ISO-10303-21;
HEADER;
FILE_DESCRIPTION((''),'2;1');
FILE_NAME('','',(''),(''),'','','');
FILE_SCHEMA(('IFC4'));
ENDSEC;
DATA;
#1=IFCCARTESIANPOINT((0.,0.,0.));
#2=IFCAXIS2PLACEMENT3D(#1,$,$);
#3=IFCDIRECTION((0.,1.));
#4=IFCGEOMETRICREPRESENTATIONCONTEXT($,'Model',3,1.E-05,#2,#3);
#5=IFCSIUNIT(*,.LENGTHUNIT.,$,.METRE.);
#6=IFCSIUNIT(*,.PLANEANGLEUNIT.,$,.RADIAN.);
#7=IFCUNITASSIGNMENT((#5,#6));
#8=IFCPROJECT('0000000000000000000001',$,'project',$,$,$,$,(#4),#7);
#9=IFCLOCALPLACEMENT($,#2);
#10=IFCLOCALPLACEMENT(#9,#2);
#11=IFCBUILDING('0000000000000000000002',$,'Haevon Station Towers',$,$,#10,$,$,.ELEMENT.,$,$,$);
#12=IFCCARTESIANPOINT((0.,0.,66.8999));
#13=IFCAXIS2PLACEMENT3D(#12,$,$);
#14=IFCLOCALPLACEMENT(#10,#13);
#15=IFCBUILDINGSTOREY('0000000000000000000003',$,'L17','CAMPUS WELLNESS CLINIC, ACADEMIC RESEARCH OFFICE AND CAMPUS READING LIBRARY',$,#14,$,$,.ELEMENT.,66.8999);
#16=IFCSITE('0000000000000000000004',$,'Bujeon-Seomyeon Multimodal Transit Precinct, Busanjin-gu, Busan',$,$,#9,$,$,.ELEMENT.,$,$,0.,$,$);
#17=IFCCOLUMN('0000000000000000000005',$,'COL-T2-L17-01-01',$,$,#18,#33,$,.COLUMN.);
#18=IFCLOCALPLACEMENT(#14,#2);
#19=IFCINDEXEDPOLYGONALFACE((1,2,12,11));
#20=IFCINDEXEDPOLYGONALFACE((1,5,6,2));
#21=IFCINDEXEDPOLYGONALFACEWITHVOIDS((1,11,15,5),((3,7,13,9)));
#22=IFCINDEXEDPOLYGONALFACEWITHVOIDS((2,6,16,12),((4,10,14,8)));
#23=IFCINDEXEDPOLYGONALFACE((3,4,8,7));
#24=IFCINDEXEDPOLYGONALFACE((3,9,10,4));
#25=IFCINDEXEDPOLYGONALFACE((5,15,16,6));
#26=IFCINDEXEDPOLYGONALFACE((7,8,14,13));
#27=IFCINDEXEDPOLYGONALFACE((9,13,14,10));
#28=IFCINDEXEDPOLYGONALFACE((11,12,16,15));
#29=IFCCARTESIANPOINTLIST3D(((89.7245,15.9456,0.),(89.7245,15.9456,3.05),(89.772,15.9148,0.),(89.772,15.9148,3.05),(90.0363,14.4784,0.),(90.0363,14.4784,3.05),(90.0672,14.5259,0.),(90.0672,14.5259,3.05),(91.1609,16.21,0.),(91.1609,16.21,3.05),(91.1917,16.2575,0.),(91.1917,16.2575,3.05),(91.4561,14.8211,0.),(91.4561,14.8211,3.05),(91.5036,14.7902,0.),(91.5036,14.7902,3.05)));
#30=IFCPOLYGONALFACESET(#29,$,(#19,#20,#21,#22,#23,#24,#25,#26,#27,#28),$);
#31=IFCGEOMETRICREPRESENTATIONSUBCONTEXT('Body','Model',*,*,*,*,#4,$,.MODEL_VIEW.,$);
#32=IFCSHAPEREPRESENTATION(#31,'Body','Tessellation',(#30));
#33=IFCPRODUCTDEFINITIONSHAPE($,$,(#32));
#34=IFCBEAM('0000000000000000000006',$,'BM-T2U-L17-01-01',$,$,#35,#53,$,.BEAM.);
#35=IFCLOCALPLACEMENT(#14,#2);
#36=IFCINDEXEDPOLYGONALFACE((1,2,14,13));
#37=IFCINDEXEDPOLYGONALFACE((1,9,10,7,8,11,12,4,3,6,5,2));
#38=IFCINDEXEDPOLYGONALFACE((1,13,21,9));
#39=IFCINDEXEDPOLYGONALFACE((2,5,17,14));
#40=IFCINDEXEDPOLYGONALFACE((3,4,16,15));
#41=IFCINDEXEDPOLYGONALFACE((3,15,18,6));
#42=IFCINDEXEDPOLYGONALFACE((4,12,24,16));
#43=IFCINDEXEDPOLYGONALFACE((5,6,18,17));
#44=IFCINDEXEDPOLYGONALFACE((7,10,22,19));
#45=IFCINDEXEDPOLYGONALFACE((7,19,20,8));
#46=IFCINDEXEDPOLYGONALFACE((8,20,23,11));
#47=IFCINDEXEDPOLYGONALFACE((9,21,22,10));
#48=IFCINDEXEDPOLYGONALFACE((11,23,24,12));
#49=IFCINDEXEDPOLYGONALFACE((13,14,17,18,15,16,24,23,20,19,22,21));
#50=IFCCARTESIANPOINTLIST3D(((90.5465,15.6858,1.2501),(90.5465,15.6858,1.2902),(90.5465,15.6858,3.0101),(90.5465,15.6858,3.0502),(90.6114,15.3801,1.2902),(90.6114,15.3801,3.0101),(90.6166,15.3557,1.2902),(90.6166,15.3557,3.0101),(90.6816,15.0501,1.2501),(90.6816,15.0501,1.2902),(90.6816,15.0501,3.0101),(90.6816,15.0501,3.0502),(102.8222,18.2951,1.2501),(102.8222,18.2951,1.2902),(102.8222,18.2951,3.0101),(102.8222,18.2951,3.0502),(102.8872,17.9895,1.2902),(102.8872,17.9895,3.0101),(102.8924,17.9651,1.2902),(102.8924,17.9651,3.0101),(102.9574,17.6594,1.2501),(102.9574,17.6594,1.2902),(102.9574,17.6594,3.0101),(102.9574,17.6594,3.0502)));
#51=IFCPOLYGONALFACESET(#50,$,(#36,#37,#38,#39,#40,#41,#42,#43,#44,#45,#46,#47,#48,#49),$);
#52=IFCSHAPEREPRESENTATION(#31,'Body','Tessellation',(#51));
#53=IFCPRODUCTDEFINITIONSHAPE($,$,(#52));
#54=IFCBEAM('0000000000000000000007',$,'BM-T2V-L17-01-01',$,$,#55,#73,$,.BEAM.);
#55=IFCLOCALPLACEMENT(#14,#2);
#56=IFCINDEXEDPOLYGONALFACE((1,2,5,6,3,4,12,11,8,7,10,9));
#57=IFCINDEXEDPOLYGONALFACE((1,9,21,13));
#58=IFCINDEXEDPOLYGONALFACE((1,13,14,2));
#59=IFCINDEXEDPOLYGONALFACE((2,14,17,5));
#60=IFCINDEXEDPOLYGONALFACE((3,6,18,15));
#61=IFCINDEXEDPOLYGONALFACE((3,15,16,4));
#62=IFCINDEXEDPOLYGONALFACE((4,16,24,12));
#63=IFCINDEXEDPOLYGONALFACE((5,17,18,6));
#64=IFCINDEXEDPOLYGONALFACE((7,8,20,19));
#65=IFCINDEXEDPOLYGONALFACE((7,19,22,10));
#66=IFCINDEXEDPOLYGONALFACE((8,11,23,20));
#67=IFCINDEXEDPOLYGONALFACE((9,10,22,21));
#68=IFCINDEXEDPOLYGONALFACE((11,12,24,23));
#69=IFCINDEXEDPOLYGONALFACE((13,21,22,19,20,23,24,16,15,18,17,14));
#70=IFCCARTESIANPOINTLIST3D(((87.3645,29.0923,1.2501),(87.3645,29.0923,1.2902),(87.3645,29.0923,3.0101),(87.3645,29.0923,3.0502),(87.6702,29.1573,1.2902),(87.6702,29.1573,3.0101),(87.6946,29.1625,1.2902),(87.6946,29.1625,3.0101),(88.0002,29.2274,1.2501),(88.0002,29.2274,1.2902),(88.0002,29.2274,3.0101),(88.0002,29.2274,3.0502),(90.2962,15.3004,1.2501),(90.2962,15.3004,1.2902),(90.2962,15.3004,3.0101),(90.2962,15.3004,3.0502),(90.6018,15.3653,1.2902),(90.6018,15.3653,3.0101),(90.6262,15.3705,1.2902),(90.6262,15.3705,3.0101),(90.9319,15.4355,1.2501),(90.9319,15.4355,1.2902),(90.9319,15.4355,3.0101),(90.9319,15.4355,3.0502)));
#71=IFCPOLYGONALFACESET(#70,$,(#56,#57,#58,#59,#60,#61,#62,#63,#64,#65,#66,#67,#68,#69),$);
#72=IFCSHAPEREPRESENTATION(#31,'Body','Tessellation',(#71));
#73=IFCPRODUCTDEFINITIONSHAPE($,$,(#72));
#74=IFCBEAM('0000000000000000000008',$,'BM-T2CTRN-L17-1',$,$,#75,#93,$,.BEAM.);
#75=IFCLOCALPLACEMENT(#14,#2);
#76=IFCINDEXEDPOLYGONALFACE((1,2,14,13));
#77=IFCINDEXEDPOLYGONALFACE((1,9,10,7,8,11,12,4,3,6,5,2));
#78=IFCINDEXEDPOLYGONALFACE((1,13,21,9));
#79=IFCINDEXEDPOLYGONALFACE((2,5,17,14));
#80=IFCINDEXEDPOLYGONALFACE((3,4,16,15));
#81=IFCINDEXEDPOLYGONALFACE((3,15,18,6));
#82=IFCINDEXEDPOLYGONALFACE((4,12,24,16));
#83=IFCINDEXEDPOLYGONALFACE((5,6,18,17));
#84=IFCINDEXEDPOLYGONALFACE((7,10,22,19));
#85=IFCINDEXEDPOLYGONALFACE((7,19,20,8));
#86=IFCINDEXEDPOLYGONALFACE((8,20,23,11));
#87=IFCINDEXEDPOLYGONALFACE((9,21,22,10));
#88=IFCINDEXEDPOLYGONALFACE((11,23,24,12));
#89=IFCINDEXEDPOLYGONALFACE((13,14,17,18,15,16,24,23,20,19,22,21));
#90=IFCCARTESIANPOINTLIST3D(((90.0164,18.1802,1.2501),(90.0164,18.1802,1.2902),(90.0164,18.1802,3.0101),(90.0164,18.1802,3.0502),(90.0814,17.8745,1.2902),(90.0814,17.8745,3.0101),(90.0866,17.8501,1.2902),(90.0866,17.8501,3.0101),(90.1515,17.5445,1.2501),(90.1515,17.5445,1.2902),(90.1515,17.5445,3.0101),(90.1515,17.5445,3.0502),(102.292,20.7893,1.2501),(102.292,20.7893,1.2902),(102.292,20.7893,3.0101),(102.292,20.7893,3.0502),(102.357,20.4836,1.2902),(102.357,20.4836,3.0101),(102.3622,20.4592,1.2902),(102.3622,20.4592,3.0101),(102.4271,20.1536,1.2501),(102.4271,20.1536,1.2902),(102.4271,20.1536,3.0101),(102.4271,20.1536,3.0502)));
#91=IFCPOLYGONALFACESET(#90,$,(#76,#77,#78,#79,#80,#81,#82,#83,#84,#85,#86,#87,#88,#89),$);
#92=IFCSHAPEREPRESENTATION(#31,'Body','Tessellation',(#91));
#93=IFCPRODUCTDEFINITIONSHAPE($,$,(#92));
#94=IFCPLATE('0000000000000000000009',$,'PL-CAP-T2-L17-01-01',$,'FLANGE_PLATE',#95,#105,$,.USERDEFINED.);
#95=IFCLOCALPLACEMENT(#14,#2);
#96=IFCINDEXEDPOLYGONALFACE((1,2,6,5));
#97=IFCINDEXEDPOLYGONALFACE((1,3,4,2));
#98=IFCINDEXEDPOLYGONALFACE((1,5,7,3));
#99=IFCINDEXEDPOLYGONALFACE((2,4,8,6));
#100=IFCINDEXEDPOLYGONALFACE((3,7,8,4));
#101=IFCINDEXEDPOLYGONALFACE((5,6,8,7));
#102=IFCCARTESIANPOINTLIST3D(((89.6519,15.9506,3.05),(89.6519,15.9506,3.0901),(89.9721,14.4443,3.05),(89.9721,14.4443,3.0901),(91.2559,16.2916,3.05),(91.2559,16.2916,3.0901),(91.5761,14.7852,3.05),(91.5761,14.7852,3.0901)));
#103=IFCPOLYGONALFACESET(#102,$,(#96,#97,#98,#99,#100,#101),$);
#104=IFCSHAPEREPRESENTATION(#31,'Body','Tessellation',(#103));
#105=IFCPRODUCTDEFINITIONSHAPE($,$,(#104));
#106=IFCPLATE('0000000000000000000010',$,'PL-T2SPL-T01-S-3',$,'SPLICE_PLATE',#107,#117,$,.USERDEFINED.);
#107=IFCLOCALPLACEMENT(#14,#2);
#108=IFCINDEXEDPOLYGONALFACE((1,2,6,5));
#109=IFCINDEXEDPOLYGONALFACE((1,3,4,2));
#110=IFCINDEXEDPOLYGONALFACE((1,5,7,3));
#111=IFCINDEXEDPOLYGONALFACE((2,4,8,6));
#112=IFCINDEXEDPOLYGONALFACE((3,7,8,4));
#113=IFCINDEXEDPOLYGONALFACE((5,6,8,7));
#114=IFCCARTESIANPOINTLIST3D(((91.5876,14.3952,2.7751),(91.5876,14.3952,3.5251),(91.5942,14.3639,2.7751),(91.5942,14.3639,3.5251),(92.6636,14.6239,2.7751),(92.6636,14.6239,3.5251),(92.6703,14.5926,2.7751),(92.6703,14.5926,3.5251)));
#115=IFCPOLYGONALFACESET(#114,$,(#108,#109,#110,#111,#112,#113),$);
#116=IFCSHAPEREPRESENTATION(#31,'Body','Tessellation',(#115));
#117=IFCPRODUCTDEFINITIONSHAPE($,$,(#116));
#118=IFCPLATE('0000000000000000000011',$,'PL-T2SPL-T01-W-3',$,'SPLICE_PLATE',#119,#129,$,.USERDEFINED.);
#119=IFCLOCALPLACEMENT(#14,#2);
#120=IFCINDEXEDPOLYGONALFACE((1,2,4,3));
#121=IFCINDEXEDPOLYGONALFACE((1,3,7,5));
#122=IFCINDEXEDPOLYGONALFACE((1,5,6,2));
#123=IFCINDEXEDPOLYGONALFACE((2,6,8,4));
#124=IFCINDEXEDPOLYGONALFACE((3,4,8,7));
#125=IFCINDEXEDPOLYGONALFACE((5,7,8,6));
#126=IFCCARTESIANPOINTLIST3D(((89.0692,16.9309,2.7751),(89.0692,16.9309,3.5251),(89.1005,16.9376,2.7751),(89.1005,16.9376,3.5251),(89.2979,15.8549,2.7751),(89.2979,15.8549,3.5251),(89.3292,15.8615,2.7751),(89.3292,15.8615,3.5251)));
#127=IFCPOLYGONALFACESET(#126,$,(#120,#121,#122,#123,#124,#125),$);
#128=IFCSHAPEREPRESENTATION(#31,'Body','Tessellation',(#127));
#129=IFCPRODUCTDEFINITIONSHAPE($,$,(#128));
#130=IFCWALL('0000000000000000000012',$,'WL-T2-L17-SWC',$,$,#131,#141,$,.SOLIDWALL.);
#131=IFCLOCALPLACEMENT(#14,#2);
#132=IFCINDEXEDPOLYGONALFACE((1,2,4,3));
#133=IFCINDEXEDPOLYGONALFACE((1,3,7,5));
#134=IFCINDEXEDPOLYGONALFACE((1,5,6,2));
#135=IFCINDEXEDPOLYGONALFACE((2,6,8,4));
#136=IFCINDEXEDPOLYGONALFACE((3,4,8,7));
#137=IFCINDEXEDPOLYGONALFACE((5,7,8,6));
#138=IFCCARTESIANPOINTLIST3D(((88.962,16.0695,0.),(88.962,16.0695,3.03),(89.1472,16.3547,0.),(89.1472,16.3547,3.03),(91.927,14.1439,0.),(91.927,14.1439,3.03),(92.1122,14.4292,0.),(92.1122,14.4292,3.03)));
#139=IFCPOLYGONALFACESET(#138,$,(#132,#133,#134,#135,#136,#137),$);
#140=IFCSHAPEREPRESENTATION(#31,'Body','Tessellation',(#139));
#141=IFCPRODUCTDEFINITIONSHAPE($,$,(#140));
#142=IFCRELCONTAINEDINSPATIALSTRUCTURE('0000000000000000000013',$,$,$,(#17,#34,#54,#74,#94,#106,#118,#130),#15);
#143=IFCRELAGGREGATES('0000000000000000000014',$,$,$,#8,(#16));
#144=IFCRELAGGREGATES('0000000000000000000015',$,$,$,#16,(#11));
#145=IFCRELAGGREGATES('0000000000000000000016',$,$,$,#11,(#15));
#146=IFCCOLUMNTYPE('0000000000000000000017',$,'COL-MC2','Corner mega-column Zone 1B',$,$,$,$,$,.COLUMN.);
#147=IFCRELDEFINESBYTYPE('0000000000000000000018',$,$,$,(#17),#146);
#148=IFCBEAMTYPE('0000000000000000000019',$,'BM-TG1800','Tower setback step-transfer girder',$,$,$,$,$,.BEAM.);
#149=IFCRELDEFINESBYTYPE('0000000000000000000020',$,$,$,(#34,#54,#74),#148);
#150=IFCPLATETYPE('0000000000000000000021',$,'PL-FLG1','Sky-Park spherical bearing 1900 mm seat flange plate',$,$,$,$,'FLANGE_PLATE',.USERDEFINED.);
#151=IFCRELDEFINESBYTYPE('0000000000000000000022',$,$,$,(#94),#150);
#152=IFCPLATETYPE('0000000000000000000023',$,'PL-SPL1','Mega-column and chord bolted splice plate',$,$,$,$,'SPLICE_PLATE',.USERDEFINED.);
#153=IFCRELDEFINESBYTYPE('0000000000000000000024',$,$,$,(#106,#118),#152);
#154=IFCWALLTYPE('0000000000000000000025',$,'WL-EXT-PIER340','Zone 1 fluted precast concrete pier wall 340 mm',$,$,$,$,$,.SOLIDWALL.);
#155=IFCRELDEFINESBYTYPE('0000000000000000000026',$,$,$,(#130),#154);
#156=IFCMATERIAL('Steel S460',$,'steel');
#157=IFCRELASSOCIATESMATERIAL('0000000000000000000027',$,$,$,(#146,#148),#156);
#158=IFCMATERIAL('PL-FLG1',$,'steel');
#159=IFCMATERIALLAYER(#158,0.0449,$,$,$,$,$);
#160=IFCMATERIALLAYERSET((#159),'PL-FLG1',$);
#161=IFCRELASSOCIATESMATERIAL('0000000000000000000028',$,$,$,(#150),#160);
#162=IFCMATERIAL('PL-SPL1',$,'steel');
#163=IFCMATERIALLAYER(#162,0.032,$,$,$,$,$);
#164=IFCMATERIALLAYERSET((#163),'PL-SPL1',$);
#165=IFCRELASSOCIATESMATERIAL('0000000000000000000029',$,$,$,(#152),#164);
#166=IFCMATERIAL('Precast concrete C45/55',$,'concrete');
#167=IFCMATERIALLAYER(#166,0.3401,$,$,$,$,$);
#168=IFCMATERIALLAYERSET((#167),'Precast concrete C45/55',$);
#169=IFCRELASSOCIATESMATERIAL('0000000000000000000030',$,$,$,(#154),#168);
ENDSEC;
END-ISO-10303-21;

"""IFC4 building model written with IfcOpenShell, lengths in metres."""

from ifc_helpers import new_model, si_unit, direction, frame, frame_2d, origin, origin_2d, place, context, subcontext, project, spatial, rectangle, hollow_rectangle, i_section, extrude, material, layer, layer_set, material_profile, profile_set, type_object, element, save


model = new_model("IFC4")

# Units and contexts
model_context = context("Model", 3, precision=1e-05, world=origin(), true_north=direction((0.0, 1.0)))
body_context = subcontext(model_context, "Body", "Model", "MODEL_VIEW")
ifc_project = project(units=[si_unit("LENGTHUNIT", "METRE"), si_unit("PLANEANGLEUNIT", "RADIAN")], contexts=[model_context])

# Site, building, storey
site_placement = place(None, origin())
site = spatial("IfcSite", under=ifc_project, at=site_placement, Name="Bujeon-Seomyeon Multimodal Transit Precinct, Busanjin-gu, Busan", CompositionType="ELEMENT", RefElevation=0.0)
building_placement = place(site_placement, origin())
building = spatial("IfcBuilding", under=site, at=building_placement, Name="Haevon Station Towers", CompositionType="ELEMENT")
storey_placement = place(building_placement, frame((0.0, 0.0, 66.8999)))
storey = spatial("IfcBuildingStorey", under=building, at=storey_placement, Name="L17", Description="CAMPUS WELLNESS CLINIC, ACADEMIC RESEARCH OFFICE AND CAMPUS READING LIBRARY", CompositionType="ELEMENT", Elevation=66.8999)

# Column
ifc_material_1 = material(Name="Steel S460", Category="steel")
ifc_material_profile_1 = material_profile(ifc_material_1, hollow_rectangle(XDim=1.5, YDim=1.5, WallThickness=0.04, at=origin_2d()), Name="BOX-1500x1500x40")
ifc_profile_set_1 = profile_set([ifc_material_profile_1], Name="Steel S460")
column_type = type_object("IfcColumnType", Name="COL-MC2", Description="Corner mega-column Zone 1B", PredefinedType="COLUMN", material=ifc_profile_set_1)
column_placement = place(storey_placement, frame((90.614, 15.3679, 0.0), z_axis=(0.0, 0.0, 1.0), x_axis=(0.978148, 0.207912, 0.0)))
element("IfcColumn", 1, at=column_placement, inside=storey, type_object=column_type, Name="COL-T2-L17-01-01", PredefinedType="COLUMN", context=body_context, shape_type="SweptSolid", body=[
    extrude(hollow_rectangle(XDim=1.5, YDim=1.5, WallThickness=0.04, at=origin_2d()), origin(), (0.0, 0.0, 1.0), 3.05),
])

# Beams
ifc_material_profile_2 = material_profile(ifc_material_1, i_section(OverallWidth=0.6499, OverallDepth=1.8, WebThickness=0.0249, FlangeThickness=0.04, at=origin_2d()), Name="H-1800x650x25x40")
ifc_profile_set_2 = profile_set([ifc_material_profile_2], Name="Steel S460")
beam_type = type_object("IfcBeamType", Name="BM-TG1800", Description="Tower setback step-transfer girder", PredefinedType="BEAM", material=ifc_profile_set_2)
beam_1_placement = place(storey_placement, frame((90.614, 15.3679, 2.1501), z_axis=(0.978147, 0.207916, 0.0), x_axis=(-0.207916, 0.978147, 0.0)))
element("IfcBeam", 2, at=beam_1_placement, inside=storey, type_object=beam_type, Name="BM-T2U-L17-01-01", PredefinedType="BEAM", context=body_context, shape_type="SweptSolid", body=[
    extrude(i_section(OverallWidth=0.6499, OverallDepth=1.8, WebThickness=0.0249, FlangeThickness=0.04, at=origin_2d()), origin(), (0.0, 0.0, 1.0), 12.55),
])
beam_2_placement = place(storey_placement, frame((90.614, 15.3679, 2.1501), z_axis=(-0.207916, 0.978147, 0.0), x_axis=(-0.978147, -0.207916, 0.0)))
element("IfcBeam", 3, at=beam_2_placement, inside=storey, type_object=beam_type, Name="BM-T2V-L17-01-01", PredefinedType="BEAM", context=body_context, shape_type="SweptSolid", body=[
    extrude(i_section(OverallWidth=0.6499, OverallDepth=1.8, WebThickness=0.0249, FlangeThickness=0.04, at=origin_2d()), origin(), (0.0, 0.0, 1.0), 14.1001),
])
beam_3_placement = place(storey_placement, frame((90.084, 17.8623, 2.1501), z_axis=(0.97815, 0.207901, 0.0), x_axis=(-0.207901, 0.97815, 0.0)))
element("IfcBeam", 4, at=beam_3_placement, inside=storey, type_object=beam_type, Name="BM-T2CTRN-L17-1", PredefinedType="BEAM", context=body_context, shape_type="SweptSolid", body=[
    extrude(i_section(OverallWidth=0.6499, OverallDepth=1.8, WebThickness=0.0249, FlangeThickness=0.04, at=origin_2d()), origin(), (0.0, 0.0, 1.0), 12.5498),
])

# Plates
ifc_material_2 = material(Name="PL-FLG1", Category="steel")
ifc_layer_1 = layer(ifc_material_2, 0.0449)
ifc_layer_set_1 = layer_set([ifc_layer_1], Name="PL-FLG1")
plate_type_1 = type_object("IfcPlateType", Name="PL-FLG1", Description="Sky-Park spherical bearing 1900 mm seat flange plate", ElementType="FLANGE_PLATE", PredefinedType="USERDEFINED", material=ifc_layer_set_1)
plate_placement = place(storey_placement, frame((90.614, 15.3679, 3.05), z_axis=(0.0, 0.0, 1.0), x_axis=(0.978148, 0.207912, 0.0)))
element("IfcPlate", 5, at=plate_placement, inside=storey, type_object=plate_type_1, Name="PL-CAP-T2-L17-01-01", ObjectType="FLANGE_PLATE", PredefinedType="USERDEFINED", context=body_context, shape_type="SweptSolid", body=[
    extrude(rectangle(XDim=1.6399, YDim=1.54, at=origin_2d()), origin(), (0.0, 0.0, 1.0), 0.04),
])
ifc_material_3 = material(Name="PL-SPL1", Category="steel")
ifc_layer_2 = layer(ifc_material_3, 0.032)
ifc_layer_set_2 = layer_set([ifc_layer_2], Name="PL-SPL1")
plate_type_2 = type_object("IfcPlateType", Name="PL-SPL1", Description="Mega-column and chord bolted splice plate", ElementType="SPLICE_PLATE", PredefinedType="USERDEFINED", material=ifc_layer_set_2)
for number, where, z_axis, x_axis, name in (
    (6, (92.1289, 14.4939, 2.7751), (0.0, 0.0, 1.0), (0.978148, 0.207912, 0.0), "PL-T2SPL-T01-S-3"),
    (7, (89.1992, 16.3962, 2.7751), (0.0, 0.0, 1.0), (-0.207912, 0.978148, 0.0), "PL-T2SPL-T01-W-3"),
):
    element("IfcPlate", number, at=place(storey_placement, frame(where, z_axis=z_axis, x_axis=x_axis)), inside=storey, type_object=plate_type_2, Name=name, ObjectType="SPLICE_PLATE", PredefinedType="USERDEFINED", context=body_context, shape_type="SweptSolid", body=[
        extrude(rectangle(XDim=1.1001, YDim=0.032, at=origin_2d()), origin(), (0.0, 0.0, 1.0), 0.75),
    ])

# Wall
ifc_material_4 = material(Name="Precast concrete C45/55", Category="concrete")
ifc_layer_3 = layer(ifc_material_4, 0.3401)
ifc_layer_set_3 = layer_set([ifc_layer_3], Name="Precast concrete C45/55")
wall_type_1 = type_object("IfcWallType", Name="WL-EXT-PIER340", Description="Zone 1 fluted precast concrete pier wall 340 mm", PredefinedType="SOLIDWALL", material=ifc_layer_set_3)
wall_1_placement = place(storey_placement, frame((92.0195, 14.2866, 0.0), z_axis=(0.0, 0.0, 1.0), x_axis=(-0.838672, 0.544636, 0.0)))
element("IfcWall", 8, at=wall_1_placement, inside=storey, type_object=wall_type_1, Name="WL-T2-L17-SWC", PredefinedType="SOLIDWALL", context=body_context, shape_type="SweptSolid", body=[
    extrude(rectangle(XDim=3.5354, YDim=0.3401, at=frame_2d((1.7676, 0.0))), origin(), (0.0, 0.0, 1.0), 3.03),
])

save(model, "model.ifc")
